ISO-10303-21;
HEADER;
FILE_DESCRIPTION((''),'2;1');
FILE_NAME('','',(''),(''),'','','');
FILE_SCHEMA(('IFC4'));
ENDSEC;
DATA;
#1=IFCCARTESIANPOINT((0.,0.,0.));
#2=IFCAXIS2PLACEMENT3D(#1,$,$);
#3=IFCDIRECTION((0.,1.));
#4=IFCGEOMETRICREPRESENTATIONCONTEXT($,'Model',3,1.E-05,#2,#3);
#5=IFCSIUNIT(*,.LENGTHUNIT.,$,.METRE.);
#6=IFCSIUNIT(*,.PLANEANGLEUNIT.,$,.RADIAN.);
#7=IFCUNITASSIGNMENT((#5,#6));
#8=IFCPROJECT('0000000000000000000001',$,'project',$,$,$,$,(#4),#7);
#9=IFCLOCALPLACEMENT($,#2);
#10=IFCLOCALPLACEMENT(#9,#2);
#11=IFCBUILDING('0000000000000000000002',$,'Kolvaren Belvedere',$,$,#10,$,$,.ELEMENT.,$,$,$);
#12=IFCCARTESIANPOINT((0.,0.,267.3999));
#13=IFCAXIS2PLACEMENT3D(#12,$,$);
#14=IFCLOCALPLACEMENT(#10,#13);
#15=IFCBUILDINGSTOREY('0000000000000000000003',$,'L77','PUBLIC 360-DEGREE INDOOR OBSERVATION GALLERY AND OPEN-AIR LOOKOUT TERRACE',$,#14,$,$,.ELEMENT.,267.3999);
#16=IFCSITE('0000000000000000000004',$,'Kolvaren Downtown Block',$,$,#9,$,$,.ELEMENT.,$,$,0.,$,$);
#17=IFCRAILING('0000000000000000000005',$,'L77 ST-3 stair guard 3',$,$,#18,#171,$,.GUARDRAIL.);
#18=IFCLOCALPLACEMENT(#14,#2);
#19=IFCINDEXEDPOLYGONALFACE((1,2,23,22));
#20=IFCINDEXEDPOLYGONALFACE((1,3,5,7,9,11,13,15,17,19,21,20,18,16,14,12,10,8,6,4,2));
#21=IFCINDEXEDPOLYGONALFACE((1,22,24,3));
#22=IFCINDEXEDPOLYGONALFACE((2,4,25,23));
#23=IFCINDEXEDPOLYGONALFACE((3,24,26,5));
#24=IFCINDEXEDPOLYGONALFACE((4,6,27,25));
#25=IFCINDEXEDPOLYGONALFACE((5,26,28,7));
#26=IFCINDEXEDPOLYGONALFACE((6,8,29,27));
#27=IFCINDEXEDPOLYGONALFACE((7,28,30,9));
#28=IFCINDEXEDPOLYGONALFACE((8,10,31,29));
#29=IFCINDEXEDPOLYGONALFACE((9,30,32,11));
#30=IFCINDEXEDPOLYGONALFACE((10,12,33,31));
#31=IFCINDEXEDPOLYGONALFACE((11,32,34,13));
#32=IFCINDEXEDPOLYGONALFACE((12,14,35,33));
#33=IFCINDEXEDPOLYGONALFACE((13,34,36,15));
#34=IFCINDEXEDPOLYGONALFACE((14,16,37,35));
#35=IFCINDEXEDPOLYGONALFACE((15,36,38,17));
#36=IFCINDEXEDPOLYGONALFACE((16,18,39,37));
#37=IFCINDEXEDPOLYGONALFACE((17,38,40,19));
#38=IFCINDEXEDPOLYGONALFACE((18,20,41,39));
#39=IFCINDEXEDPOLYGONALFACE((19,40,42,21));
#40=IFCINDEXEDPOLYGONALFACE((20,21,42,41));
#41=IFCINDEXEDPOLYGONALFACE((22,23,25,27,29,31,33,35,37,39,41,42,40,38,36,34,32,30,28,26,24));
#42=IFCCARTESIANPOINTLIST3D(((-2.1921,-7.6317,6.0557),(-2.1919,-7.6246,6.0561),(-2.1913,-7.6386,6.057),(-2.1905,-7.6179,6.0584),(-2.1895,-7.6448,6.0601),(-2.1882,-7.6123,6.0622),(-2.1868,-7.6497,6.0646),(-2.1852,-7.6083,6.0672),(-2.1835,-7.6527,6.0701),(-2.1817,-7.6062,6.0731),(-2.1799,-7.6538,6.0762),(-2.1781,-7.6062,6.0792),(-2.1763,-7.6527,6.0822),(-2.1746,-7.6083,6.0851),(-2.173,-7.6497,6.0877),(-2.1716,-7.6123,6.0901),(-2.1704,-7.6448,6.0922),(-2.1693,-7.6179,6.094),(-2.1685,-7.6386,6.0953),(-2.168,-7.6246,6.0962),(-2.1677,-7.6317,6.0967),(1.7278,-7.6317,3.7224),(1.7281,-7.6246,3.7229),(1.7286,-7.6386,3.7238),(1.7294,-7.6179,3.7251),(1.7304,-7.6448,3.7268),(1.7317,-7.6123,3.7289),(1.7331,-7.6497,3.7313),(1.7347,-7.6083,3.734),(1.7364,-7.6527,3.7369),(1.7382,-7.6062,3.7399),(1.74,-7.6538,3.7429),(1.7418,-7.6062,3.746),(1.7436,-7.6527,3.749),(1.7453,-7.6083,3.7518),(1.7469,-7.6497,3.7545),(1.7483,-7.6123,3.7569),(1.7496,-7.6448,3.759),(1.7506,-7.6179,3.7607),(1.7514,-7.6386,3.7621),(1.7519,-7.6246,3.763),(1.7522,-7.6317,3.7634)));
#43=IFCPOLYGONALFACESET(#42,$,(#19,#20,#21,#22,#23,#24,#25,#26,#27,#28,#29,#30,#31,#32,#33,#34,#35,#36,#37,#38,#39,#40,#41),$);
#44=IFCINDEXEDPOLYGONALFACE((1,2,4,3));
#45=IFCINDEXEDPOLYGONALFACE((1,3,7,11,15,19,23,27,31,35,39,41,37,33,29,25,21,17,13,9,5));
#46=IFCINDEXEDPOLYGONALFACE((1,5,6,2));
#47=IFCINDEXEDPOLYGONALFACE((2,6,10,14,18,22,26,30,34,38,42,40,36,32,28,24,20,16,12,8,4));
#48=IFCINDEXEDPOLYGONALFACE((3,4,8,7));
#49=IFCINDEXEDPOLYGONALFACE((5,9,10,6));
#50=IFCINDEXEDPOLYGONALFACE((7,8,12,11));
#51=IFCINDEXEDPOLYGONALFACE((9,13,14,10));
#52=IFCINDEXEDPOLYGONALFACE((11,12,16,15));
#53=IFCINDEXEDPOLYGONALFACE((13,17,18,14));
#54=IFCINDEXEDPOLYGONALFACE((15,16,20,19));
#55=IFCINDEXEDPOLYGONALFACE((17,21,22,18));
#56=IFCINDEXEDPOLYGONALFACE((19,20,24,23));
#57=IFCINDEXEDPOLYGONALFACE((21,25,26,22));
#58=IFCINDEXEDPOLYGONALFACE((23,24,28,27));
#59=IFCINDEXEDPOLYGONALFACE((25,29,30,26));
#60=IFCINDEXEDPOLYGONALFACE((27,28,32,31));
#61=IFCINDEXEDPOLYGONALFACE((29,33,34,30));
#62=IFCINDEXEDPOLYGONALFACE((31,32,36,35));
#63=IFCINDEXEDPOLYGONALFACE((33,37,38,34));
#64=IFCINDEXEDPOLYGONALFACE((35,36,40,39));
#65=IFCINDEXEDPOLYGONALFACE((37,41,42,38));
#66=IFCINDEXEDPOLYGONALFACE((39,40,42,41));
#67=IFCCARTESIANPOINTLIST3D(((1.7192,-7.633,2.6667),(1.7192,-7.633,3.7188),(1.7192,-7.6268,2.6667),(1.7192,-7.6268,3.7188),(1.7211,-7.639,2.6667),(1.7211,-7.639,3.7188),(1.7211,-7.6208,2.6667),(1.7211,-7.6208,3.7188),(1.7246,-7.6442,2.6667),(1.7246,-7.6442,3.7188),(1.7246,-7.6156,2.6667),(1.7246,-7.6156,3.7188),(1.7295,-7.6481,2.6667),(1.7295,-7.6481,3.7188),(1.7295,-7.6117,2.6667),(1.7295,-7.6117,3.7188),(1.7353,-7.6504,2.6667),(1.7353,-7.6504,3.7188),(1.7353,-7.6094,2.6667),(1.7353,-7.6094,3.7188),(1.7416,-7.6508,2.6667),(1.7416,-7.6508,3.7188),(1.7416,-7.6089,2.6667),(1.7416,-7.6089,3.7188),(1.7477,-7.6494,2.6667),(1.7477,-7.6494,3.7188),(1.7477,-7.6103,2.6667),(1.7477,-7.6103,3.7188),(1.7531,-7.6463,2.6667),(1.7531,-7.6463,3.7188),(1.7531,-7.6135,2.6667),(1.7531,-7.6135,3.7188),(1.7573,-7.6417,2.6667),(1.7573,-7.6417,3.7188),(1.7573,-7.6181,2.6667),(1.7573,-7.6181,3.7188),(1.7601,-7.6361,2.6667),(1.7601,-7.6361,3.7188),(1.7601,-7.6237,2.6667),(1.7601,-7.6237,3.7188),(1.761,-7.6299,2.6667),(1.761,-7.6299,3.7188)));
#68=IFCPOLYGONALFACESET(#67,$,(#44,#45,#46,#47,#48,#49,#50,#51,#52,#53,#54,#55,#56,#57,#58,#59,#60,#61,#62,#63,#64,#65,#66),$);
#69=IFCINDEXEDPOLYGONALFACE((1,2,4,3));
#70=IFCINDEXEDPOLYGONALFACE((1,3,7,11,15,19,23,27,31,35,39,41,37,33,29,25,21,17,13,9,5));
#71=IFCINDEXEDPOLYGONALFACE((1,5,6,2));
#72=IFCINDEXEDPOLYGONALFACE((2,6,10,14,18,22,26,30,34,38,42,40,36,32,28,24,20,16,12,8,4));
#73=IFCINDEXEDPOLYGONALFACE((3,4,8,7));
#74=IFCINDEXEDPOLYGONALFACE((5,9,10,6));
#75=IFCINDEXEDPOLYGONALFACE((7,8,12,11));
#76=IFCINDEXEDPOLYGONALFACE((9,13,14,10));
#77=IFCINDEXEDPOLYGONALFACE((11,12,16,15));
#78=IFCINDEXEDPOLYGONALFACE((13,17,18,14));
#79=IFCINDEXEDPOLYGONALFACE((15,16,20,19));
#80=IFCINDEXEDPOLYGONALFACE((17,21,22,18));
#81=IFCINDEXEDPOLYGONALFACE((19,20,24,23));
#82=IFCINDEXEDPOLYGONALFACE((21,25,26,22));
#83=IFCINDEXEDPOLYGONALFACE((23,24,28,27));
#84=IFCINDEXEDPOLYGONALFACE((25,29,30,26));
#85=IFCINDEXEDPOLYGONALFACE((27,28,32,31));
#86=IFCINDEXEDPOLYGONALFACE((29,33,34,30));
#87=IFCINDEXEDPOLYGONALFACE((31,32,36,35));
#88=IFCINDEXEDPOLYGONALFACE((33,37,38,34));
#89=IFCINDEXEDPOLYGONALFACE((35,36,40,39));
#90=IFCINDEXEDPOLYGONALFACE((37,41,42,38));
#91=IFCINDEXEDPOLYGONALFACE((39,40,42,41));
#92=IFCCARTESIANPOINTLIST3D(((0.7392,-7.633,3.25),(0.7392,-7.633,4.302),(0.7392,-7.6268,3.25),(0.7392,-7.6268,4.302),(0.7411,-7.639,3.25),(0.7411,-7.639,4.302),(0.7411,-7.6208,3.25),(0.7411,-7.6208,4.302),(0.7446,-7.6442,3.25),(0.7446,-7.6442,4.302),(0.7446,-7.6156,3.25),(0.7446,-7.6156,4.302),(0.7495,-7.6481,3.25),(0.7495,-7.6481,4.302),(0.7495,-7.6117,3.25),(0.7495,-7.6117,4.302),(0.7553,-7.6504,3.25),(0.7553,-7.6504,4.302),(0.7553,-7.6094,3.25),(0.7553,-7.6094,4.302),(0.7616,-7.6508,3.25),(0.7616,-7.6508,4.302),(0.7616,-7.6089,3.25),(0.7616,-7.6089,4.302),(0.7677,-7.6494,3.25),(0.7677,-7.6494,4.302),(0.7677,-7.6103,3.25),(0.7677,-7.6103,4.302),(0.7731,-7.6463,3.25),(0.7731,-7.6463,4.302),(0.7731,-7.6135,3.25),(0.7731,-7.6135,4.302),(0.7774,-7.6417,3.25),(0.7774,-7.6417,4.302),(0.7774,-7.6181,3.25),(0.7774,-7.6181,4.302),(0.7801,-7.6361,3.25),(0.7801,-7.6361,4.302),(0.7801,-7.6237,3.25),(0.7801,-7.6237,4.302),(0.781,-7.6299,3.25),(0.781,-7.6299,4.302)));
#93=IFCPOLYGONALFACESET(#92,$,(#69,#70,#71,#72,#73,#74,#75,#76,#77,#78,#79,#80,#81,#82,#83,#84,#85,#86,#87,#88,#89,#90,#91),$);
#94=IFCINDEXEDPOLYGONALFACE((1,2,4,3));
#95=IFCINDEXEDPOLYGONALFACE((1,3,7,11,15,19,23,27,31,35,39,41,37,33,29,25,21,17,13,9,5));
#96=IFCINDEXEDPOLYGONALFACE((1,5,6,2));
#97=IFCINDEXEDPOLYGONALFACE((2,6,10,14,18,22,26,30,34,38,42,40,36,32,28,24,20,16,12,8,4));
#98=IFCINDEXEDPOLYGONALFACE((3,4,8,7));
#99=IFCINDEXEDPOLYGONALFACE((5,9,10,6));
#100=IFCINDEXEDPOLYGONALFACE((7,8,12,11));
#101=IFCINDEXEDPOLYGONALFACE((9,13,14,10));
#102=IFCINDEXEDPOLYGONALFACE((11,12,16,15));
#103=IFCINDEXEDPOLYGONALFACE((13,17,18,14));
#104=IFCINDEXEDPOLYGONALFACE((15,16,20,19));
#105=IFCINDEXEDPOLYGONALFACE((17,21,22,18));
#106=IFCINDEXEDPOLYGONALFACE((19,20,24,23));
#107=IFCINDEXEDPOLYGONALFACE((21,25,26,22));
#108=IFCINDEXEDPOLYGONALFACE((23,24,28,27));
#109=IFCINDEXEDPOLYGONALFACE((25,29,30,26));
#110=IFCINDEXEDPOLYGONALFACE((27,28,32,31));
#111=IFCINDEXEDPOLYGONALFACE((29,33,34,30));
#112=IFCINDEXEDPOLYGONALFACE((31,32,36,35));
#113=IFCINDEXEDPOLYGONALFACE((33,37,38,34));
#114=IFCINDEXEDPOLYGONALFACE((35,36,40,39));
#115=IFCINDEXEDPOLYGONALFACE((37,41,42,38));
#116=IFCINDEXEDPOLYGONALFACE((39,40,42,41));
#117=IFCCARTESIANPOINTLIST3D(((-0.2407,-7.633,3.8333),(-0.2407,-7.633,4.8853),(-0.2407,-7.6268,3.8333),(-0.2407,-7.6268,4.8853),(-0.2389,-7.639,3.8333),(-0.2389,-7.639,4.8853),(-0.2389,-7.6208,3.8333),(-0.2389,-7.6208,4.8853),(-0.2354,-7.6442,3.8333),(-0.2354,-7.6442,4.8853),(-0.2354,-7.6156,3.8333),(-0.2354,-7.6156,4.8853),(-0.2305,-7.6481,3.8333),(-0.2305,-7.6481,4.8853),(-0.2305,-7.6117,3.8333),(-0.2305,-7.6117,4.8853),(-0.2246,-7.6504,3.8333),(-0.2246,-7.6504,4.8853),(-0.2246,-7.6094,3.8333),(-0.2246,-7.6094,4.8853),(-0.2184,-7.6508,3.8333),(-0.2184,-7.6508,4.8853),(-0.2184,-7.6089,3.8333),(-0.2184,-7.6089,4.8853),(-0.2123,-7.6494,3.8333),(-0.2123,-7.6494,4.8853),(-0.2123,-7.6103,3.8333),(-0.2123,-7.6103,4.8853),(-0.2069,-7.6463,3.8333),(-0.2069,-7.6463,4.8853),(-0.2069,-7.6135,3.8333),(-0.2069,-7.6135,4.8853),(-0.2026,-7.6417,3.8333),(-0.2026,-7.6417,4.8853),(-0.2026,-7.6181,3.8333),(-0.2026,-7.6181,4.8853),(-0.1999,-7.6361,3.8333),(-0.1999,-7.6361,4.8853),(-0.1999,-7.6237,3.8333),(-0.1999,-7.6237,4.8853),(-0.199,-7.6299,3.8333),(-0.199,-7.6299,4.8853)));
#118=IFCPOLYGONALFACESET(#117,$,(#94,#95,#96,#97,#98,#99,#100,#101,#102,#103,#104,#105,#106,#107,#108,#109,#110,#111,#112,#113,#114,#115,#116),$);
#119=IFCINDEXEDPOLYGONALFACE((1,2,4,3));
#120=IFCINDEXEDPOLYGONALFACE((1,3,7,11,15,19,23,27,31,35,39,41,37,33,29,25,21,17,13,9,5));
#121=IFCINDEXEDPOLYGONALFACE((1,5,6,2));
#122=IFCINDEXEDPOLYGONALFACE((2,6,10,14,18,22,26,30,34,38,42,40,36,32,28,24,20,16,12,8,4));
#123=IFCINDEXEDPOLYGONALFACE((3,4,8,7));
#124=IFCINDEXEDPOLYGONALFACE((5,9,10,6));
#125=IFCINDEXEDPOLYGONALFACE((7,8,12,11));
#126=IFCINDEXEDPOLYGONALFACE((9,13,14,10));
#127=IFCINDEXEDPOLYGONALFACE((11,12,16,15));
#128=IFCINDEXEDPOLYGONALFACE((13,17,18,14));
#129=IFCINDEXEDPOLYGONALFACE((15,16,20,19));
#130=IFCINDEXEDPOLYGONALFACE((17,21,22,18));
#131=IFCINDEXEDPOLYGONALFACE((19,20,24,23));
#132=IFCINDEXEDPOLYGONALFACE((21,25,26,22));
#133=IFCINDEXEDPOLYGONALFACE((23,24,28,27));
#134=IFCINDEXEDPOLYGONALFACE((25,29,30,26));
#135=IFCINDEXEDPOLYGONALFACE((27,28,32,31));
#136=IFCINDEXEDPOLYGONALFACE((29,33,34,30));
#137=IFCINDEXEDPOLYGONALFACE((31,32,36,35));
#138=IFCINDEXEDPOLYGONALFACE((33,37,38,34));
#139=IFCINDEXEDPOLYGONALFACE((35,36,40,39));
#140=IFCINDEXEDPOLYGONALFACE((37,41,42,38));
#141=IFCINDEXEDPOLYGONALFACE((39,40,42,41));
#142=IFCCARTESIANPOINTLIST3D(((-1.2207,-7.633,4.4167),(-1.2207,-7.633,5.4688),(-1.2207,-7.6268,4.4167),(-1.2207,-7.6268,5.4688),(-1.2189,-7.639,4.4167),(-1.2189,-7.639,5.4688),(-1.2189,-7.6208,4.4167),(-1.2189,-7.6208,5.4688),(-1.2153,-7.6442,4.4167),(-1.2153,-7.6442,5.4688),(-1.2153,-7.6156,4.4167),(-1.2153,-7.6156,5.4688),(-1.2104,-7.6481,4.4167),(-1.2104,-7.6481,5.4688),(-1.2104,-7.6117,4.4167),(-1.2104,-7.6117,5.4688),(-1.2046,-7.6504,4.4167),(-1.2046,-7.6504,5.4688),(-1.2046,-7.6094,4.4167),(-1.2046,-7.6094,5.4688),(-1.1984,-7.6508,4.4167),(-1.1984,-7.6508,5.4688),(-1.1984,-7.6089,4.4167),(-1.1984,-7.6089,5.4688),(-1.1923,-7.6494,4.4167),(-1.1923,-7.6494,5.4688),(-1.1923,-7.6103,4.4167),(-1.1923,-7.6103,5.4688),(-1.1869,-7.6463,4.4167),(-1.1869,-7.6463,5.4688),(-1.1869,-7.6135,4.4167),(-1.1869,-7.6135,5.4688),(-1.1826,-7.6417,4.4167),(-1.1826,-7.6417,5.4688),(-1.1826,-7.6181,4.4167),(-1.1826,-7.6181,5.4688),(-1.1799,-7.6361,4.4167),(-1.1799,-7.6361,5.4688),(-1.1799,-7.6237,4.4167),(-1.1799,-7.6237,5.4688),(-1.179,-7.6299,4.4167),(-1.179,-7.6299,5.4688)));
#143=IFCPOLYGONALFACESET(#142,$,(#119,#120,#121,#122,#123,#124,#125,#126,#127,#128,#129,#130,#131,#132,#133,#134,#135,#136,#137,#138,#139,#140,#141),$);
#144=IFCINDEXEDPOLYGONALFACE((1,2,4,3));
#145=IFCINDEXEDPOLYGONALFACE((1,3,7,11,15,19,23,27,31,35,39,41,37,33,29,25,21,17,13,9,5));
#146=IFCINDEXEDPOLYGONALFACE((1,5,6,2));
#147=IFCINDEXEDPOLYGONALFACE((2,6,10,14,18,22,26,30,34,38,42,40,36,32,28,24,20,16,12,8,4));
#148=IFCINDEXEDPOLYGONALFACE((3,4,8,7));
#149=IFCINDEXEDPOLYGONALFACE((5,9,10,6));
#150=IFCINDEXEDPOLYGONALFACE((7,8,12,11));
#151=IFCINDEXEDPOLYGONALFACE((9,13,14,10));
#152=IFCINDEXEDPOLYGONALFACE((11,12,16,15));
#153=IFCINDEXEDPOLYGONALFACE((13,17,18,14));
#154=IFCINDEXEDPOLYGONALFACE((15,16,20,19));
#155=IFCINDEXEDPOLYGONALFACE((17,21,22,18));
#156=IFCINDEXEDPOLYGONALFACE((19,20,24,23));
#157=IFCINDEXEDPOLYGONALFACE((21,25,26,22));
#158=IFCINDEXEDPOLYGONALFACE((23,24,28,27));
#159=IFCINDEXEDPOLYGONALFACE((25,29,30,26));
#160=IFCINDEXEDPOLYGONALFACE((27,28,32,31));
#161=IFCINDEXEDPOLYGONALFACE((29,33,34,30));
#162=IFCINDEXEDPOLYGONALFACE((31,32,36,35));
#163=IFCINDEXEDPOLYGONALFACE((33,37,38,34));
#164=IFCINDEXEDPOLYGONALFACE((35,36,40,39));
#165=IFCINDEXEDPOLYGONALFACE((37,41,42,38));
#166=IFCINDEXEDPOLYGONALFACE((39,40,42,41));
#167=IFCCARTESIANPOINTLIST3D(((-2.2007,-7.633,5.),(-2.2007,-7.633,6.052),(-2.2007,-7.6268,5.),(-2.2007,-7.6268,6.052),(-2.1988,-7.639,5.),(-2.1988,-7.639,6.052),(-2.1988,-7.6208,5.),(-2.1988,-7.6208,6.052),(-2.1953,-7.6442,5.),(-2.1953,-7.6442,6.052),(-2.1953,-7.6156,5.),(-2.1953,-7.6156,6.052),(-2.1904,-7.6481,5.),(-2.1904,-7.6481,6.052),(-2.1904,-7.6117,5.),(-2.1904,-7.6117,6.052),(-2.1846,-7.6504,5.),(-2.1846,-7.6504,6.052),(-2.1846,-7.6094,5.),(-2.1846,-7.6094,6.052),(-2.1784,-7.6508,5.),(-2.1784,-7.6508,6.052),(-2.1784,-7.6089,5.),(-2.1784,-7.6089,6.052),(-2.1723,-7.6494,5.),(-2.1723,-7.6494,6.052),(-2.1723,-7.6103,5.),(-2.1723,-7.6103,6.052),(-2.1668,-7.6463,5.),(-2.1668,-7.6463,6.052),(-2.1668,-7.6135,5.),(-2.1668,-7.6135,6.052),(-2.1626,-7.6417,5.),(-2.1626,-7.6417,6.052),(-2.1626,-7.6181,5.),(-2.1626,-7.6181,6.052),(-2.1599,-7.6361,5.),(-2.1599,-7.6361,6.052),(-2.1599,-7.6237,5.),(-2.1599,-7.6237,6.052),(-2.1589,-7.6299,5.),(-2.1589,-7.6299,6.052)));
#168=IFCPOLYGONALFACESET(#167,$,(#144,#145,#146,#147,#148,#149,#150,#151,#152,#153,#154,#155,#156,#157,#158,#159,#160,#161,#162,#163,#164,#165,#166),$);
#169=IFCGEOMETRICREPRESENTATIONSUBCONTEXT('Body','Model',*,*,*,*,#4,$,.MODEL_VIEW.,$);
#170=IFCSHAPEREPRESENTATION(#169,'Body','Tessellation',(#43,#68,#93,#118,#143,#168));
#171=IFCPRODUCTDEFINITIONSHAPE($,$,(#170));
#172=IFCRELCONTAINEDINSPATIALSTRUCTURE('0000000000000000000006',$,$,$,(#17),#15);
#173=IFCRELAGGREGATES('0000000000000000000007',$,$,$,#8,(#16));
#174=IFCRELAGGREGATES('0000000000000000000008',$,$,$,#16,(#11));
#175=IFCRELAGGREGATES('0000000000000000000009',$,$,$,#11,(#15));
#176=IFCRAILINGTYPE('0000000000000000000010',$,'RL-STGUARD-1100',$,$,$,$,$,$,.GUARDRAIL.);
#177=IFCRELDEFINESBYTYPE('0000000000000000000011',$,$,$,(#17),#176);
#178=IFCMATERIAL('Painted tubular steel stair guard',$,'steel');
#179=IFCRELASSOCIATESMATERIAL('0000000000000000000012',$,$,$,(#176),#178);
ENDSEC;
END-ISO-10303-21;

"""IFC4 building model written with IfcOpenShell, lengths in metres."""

from ifc_helpers import new_model, si_unit, direction, frame, origin, origin_2d, place, context, subcontext, project, spatial, circle, extrude, material, type_object, element, save


model = new_model("IFC4")

# Units and contexts
model_context = context("Model", 3, precision=1e-05, world=origin(), true_north=direction((0.0, 1.0)))
body_context = subcontext(model_context, "Body", "Model", "MODEL_VIEW")
ifc_project = project(units=[si_unit("LENGTHUNIT", "METRE"), si_unit("PLANEANGLEUNIT", "RADIAN")], contexts=[model_context])

# Site, building, storey
site_placement = place(None, origin())
site = spatial("IfcSite", under=ifc_project, at=site_placement, Name="Kolvaren Downtown Block", CompositionType="ELEMENT", RefElevation=0.0)
building_placement = place(site_placement, origin())
building = spatial("IfcBuilding", under=site, at=building_placement, Name="Kolvaren Belvedere", CompositionType="ELEMENT")
storey_placement = place(building_placement, frame((0.0, 0.0, 267.3999)))
storey = spatial("IfcBuildingStorey", under=building, at=storey_placement, Name="L77", Description="PUBLIC 360-DEGREE INDOOR OBSERVATION GALLERY AND OPEN-AIR LOOKOUT TERRACE", CompositionType="ELEMENT", Elevation=267.3999)

# Railing
ifc_material_1 = material(Name="Painted tubular steel stair guard", Category="steel")
railing_type_1 = type_object("IfcRailingType", Name="RL-STGUARD-1100", PredefinedType="GUARDRAIL", material=ifc_material_1)
railing_1_placement = place(storey_placement, frame((1.74, -7.6299, 2.6667)))
element("IfcRailing", 1, at=railing_1_placement, inside=storey, type_object=railing_type_1, Name="L77 ST-3 stair guard 3", PredefinedType="GUARDRAIL", context=body_context, shape_type="SweptSolid", body=[
    extrude(circle(Radius=0.0239, at=origin_2d()), frame((0.0, 0.0, 1.0762), z_axis=(-0.859296, 0.0, 0.511478), x_axis=(0.0, -1.0, 0.0)), (0.0, 0.0, 1.0), 4.5618),
    extrude(circle(Radius=0.021, at=origin_2d()), origin(), (0.0, 0.0, 1.0), 1.052),
    extrude(circle(Radius=0.021, at=origin_2d()), frame((-0.98, 0.0, 0.5833)), (0.0, 0.0, 1.0), 1.052),
    extrude(circle(Radius=0.021, at=origin_2d()), frame((-1.96, 0.0, 1.1665)), (0.0, 0.0, 1.0), 1.052),
    extrude(circle(Radius=0.021, at=origin_2d()), frame((-2.9399, 0.0, 1.75)), (0.0, 0.0, 1.0), 1.052),
    extrude(circle(Radius=0.021, at=origin_2d()), frame((-3.9199, 0.0, 2.3333)), (0.0, 0.0, 1.0), 1.052),
])

save(model, "model.ifc")
